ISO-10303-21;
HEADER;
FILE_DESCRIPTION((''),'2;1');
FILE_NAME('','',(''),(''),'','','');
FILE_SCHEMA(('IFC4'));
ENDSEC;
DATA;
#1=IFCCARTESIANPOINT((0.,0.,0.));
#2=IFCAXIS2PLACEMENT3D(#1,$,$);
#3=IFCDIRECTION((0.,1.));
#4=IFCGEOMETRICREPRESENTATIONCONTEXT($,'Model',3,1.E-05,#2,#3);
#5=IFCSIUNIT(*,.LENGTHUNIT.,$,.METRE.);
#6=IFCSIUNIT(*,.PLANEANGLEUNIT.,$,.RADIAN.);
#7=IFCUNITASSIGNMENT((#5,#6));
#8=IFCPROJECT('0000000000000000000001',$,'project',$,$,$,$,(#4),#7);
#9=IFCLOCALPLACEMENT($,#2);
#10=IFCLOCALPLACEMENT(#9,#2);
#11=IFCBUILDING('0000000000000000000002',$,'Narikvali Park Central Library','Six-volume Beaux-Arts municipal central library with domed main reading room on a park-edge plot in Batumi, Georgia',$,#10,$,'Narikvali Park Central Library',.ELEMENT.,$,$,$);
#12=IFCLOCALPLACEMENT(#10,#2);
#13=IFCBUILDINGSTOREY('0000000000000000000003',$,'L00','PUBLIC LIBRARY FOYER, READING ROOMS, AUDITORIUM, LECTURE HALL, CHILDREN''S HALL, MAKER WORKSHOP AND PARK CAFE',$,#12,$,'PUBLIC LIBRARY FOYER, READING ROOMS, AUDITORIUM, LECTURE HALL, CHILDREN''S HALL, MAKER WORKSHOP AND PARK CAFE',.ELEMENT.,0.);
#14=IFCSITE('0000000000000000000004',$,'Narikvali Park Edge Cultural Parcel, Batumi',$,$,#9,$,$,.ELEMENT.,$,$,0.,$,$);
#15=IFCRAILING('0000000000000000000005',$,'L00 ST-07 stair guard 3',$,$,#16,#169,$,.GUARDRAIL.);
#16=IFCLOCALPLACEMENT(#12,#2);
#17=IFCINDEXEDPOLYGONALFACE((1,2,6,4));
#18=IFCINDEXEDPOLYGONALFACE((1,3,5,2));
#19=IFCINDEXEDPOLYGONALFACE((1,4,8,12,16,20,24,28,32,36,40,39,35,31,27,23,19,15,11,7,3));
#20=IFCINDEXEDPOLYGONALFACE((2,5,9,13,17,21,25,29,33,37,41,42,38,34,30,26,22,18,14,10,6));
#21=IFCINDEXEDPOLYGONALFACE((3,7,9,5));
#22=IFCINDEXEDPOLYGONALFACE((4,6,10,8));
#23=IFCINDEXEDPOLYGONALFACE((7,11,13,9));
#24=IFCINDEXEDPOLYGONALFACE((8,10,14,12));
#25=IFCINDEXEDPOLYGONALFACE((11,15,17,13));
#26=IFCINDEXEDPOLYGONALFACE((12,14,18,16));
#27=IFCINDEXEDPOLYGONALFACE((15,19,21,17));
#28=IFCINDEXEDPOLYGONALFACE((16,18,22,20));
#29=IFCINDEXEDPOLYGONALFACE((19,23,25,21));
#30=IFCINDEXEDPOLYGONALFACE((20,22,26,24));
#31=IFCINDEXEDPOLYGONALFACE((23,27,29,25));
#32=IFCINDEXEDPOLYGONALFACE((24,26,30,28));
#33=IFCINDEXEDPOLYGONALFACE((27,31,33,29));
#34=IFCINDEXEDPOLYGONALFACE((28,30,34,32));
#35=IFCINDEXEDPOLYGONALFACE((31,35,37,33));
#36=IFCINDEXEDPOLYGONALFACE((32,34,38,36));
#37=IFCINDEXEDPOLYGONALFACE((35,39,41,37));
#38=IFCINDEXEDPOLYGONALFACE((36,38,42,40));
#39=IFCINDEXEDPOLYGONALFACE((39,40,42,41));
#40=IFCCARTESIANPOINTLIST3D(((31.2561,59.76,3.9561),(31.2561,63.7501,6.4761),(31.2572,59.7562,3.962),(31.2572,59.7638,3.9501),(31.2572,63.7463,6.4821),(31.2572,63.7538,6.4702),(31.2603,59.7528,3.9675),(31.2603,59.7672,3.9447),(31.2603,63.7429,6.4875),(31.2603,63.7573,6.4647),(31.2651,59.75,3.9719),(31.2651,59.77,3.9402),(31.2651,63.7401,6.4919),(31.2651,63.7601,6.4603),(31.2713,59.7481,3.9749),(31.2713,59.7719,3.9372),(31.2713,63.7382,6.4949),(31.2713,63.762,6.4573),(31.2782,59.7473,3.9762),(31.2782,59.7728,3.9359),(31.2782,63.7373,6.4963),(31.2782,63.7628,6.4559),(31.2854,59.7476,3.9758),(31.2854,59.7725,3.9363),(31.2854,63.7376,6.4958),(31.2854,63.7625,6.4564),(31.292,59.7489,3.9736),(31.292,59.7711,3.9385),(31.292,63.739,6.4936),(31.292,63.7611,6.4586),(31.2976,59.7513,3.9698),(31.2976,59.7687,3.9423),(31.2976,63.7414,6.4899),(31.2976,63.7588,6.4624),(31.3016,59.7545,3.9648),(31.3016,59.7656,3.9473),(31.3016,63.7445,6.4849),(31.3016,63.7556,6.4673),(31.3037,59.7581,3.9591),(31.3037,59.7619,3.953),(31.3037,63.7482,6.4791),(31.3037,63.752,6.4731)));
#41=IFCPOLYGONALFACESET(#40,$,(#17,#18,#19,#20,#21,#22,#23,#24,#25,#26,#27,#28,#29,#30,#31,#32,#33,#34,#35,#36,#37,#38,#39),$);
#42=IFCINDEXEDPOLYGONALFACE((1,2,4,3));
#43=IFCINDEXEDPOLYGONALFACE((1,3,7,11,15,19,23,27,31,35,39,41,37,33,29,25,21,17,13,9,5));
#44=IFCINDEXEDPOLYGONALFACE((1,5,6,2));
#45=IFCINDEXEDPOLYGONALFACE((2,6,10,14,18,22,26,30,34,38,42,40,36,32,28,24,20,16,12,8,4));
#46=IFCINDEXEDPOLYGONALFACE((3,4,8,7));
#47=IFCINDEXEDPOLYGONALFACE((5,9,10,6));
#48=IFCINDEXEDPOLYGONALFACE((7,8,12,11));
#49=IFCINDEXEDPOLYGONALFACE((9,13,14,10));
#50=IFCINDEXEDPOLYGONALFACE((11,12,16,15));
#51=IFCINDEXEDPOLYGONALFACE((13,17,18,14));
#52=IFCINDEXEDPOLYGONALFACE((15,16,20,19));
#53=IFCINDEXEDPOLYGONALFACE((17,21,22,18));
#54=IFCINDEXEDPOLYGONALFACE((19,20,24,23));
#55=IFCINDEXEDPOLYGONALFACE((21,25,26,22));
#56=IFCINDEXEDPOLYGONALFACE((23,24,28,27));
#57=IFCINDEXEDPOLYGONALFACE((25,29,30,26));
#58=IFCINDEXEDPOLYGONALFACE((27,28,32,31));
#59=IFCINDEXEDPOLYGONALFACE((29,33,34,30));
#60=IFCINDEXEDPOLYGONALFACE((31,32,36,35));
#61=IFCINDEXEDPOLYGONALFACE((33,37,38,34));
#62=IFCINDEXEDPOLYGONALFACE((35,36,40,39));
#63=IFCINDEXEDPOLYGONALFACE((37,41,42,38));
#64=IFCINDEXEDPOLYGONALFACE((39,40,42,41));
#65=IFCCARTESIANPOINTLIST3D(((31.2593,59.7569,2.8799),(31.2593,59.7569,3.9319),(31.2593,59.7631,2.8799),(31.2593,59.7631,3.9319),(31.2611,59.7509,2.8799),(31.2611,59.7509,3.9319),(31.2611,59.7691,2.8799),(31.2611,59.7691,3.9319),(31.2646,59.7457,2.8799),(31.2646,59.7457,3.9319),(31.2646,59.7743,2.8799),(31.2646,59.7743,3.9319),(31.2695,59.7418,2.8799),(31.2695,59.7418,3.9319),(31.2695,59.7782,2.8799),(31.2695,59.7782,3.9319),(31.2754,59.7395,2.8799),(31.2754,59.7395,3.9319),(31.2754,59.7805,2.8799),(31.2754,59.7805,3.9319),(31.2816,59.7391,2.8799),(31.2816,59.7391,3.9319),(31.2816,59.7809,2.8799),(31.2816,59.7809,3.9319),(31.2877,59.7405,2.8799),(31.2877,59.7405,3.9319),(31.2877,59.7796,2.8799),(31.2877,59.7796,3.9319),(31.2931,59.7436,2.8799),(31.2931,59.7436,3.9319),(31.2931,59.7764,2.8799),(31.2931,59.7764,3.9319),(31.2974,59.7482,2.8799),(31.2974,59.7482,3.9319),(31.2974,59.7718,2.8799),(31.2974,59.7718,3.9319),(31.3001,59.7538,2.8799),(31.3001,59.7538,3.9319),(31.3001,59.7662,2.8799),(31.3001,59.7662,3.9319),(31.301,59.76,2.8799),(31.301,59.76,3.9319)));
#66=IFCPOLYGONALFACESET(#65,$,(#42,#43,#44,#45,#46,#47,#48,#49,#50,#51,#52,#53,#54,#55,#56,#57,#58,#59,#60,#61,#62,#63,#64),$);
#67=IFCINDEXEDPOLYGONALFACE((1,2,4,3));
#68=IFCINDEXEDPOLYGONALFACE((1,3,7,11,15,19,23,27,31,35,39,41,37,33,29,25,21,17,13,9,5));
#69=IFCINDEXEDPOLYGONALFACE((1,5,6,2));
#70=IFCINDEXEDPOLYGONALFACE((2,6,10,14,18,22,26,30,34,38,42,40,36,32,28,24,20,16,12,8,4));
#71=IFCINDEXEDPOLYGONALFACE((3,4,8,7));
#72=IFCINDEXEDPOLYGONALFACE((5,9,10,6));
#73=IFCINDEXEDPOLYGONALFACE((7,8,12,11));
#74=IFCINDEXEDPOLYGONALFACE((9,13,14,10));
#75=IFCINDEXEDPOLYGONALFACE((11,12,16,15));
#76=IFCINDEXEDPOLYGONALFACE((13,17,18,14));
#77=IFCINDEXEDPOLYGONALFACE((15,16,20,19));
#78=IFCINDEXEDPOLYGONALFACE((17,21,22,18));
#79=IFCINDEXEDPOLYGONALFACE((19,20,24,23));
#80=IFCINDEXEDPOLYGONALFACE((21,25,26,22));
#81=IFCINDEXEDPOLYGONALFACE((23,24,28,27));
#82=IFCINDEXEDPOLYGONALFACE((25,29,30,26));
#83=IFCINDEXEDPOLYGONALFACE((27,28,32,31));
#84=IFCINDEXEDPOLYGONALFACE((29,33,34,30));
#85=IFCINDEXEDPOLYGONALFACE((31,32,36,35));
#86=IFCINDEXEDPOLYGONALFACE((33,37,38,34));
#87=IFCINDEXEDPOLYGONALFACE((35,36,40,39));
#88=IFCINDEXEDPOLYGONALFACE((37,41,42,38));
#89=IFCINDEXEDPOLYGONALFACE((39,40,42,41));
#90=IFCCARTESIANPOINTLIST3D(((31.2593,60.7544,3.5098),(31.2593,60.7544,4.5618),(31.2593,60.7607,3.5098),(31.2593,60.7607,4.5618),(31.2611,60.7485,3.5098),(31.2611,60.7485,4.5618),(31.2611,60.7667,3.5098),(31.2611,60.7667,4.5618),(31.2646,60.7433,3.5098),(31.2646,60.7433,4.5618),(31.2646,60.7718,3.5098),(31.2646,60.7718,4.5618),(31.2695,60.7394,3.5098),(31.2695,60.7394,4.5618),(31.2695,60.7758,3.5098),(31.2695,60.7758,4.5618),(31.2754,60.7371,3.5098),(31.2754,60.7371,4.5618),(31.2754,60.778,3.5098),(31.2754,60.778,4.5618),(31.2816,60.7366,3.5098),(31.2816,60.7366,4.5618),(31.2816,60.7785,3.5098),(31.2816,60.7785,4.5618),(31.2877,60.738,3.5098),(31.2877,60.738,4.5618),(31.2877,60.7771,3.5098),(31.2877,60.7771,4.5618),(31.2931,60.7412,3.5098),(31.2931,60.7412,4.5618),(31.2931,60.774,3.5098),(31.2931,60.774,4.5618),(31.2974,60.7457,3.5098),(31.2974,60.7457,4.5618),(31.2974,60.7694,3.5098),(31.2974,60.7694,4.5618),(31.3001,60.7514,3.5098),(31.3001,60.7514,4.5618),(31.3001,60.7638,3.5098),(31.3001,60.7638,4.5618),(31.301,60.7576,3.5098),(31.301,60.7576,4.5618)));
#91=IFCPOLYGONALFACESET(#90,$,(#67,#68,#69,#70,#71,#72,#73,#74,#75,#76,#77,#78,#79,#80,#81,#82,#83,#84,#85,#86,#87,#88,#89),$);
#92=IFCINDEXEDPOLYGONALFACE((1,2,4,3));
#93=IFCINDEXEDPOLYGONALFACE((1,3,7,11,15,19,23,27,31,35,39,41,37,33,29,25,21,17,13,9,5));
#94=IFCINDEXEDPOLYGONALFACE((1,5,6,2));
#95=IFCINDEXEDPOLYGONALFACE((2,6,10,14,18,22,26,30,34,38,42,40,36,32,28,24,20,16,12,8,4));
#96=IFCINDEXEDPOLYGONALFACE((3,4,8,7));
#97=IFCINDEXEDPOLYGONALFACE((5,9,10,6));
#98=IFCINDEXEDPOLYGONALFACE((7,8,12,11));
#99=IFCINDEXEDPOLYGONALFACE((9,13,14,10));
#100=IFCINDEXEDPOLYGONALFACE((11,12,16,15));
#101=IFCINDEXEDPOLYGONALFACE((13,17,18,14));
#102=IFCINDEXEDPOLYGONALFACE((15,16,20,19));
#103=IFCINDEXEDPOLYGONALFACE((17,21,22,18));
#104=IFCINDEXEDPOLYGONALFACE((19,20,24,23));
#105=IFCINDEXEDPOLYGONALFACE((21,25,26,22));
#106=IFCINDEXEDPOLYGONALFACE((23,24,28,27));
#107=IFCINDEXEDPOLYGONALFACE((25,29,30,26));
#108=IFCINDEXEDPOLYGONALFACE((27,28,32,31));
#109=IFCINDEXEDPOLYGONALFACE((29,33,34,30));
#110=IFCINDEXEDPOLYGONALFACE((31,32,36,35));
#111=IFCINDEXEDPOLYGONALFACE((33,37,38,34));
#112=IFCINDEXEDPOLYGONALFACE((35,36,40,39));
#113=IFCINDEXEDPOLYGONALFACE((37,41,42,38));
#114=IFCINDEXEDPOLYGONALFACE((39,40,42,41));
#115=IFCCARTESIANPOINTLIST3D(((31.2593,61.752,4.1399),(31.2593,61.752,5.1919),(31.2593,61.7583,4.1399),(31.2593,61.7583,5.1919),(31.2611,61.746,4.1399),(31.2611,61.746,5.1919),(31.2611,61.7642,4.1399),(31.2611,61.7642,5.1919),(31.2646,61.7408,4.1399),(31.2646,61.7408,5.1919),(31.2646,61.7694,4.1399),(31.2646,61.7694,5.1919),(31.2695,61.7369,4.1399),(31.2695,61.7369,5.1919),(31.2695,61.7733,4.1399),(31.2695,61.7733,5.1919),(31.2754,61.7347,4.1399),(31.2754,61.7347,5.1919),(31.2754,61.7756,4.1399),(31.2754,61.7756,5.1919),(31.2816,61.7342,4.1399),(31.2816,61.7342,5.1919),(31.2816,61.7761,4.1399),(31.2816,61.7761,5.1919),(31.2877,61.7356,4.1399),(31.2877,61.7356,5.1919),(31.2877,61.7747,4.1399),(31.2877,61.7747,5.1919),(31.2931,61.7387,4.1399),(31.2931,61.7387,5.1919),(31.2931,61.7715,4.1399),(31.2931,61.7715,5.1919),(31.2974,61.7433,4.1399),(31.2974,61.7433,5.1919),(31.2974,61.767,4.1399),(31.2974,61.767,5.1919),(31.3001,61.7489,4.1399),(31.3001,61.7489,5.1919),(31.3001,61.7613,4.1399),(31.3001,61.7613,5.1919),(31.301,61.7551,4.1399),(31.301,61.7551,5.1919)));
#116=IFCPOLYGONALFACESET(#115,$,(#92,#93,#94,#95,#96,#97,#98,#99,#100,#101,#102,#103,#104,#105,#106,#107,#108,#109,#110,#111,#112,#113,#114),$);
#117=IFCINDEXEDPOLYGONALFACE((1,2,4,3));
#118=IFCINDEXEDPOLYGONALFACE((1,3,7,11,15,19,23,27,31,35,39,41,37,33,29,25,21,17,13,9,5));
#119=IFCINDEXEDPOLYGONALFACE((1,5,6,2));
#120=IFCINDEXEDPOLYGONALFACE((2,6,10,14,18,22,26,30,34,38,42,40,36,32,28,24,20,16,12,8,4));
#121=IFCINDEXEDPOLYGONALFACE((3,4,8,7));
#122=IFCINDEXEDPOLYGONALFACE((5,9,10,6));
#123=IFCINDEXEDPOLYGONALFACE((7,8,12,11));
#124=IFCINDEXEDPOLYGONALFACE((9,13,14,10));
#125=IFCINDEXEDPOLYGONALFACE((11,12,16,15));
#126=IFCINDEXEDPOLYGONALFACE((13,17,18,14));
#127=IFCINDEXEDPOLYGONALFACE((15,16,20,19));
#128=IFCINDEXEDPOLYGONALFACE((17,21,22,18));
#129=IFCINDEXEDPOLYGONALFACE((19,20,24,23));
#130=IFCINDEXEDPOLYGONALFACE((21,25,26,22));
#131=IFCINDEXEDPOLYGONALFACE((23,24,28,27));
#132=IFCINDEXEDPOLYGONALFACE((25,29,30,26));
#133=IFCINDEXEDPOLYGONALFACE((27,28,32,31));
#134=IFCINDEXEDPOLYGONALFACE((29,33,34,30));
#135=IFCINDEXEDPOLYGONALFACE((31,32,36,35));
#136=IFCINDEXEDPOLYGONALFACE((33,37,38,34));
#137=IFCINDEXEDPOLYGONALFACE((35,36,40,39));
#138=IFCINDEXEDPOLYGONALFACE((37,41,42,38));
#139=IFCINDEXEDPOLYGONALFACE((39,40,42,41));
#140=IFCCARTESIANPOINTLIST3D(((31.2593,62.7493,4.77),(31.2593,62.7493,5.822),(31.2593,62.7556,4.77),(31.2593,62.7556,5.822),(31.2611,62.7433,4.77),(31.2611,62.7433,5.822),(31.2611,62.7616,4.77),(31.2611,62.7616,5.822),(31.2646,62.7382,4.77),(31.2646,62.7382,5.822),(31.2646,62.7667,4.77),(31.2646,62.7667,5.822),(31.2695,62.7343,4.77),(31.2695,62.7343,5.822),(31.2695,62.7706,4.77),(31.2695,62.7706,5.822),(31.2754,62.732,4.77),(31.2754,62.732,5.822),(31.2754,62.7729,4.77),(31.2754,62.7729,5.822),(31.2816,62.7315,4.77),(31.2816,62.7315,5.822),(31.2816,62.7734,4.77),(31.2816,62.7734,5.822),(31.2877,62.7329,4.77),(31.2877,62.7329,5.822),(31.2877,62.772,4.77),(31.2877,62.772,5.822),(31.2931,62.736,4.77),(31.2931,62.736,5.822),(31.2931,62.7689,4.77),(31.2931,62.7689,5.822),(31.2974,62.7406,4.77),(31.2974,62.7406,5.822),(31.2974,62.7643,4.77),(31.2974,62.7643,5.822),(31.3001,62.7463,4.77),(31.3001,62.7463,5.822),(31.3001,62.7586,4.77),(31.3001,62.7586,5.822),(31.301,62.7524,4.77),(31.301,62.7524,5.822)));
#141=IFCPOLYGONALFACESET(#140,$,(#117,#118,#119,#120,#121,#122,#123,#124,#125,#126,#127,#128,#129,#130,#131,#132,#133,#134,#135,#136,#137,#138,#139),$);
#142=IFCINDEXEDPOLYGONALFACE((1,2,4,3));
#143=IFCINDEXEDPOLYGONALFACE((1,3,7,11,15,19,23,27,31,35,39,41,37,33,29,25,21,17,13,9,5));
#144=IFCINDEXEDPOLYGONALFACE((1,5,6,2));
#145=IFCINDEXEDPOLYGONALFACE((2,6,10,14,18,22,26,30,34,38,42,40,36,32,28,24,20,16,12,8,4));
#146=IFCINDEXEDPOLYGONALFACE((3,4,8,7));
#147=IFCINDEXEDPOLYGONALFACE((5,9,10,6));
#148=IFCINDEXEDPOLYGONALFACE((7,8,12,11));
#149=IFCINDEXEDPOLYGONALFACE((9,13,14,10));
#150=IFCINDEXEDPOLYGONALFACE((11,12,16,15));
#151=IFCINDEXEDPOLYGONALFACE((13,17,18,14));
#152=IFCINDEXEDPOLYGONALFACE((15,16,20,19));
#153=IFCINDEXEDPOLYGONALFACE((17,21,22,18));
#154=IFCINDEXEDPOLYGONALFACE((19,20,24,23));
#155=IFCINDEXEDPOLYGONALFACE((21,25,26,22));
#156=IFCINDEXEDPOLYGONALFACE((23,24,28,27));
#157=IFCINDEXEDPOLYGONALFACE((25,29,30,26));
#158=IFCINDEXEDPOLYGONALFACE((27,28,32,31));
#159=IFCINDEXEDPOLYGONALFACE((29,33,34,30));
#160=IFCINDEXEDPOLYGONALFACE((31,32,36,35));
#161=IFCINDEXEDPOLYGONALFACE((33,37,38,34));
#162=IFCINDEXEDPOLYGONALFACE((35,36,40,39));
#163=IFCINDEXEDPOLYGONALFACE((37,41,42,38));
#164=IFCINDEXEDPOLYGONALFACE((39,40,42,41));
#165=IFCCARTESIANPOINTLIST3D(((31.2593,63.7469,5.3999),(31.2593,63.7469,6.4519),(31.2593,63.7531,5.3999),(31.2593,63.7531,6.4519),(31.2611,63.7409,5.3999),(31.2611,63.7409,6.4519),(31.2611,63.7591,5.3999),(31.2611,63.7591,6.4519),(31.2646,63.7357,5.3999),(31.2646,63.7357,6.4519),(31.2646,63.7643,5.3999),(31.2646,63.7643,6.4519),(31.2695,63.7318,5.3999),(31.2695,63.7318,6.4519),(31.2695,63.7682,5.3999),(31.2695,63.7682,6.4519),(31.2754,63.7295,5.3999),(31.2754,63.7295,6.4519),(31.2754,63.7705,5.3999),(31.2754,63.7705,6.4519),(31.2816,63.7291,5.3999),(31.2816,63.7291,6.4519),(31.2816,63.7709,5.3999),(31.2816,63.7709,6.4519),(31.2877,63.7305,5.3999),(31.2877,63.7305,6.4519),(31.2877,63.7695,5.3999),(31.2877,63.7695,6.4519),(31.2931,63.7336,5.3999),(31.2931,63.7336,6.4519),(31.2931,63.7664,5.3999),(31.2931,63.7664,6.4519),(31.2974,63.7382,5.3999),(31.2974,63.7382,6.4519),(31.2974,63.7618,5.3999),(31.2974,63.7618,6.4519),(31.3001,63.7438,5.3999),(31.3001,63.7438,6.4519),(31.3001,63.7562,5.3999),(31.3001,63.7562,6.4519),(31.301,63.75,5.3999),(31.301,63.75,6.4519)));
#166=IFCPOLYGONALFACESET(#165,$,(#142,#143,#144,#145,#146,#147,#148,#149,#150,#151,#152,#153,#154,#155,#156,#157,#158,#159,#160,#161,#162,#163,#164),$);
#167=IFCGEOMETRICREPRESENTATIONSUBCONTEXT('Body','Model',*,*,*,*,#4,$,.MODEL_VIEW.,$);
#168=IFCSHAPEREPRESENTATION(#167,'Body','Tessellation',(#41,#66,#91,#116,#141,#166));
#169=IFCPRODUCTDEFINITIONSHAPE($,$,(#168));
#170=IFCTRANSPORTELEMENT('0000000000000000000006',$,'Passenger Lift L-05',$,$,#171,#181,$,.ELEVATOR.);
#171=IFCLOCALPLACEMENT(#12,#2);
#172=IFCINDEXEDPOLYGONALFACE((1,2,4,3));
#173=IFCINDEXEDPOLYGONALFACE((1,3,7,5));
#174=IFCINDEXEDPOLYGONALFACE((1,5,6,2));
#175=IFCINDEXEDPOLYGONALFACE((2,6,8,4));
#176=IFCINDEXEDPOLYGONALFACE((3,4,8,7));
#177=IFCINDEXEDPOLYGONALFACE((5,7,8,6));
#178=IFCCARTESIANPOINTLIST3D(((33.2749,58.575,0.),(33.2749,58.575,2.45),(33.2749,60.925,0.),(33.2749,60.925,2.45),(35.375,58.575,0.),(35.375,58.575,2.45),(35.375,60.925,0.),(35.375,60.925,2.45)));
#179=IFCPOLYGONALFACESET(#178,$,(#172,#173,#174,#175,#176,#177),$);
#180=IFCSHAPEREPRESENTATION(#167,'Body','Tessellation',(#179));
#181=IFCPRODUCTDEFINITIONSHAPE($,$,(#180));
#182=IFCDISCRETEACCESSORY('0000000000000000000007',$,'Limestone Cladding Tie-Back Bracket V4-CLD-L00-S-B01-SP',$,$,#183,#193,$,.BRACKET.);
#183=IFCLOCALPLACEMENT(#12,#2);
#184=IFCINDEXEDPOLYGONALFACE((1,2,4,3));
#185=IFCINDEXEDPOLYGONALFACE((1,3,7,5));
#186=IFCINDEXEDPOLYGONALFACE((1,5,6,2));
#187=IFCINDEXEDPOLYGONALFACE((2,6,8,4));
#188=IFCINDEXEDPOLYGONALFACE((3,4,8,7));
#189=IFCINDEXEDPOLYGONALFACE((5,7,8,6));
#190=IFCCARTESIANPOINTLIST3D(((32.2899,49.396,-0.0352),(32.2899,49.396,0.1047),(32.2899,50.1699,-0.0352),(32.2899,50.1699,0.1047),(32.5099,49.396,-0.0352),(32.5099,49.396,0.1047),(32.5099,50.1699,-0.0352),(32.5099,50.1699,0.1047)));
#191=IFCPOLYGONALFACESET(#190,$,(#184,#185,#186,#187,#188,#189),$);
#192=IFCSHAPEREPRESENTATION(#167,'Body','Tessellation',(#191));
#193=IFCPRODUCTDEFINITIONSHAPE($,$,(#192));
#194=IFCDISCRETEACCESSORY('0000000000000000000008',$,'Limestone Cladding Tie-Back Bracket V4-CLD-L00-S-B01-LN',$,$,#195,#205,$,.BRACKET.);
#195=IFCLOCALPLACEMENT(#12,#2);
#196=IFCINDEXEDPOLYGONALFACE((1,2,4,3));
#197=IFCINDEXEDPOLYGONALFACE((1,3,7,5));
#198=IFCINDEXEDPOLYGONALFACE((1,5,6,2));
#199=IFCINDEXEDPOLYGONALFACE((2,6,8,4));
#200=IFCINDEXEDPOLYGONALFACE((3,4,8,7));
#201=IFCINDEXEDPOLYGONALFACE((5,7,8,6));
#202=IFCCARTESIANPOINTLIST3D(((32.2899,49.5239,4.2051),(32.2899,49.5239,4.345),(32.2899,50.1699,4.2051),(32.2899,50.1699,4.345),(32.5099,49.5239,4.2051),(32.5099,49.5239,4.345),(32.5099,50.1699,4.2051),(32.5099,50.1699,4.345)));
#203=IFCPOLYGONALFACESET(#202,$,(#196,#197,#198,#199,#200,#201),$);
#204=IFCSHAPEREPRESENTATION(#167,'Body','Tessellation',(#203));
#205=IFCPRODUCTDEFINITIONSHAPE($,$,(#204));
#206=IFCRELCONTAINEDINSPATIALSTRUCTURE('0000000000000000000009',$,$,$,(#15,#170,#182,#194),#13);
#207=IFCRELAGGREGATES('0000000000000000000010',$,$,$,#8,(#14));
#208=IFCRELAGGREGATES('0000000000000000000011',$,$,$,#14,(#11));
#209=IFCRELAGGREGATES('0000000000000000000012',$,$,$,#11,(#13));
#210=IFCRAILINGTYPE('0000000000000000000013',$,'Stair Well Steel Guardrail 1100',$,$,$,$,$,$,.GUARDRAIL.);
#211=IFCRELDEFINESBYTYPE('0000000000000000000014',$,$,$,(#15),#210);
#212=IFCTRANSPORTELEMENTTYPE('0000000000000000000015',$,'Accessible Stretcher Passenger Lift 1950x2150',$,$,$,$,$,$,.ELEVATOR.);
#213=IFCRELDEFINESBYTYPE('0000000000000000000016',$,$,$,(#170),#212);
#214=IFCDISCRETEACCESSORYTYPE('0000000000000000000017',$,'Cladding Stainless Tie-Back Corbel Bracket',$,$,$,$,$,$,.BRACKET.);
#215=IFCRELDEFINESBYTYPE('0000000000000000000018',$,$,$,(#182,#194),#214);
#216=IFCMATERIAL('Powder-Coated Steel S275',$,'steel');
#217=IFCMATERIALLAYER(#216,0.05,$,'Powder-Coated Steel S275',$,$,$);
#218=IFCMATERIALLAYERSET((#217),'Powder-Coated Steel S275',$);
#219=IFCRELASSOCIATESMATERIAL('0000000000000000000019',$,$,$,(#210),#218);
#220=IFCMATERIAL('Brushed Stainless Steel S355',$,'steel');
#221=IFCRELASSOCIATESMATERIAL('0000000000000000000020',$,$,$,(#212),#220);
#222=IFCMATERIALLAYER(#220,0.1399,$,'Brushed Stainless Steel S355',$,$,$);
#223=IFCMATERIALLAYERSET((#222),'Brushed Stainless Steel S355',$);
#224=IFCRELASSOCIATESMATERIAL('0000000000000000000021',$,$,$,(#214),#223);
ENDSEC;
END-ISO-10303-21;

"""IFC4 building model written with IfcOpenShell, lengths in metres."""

from ifc_helpers import new_model, si_unit, direction, frame, origin, origin_2d, place, context, subcontext, project, spatial, rectangle, circle, extrude, material, layer, layer_set, type_object, element, save


model = new_model("IFC4")

# Units and contexts
model_context = context("Model", 3, precision=1e-05, world=origin(), true_north=direction((0.0, 1.0)))
body_context = subcontext(model_context, "Body", "Model", "MODEL_VIEW")
ifc_project = project(units=[si_unit("LENGTHUNIT", "METRE"), si_unit("PLANEANGLEUNIT", "RADIAN")], contexts=[model_context])

# Site, building, storey
site_placement = place(None, origin())
site = spatial("IfcSite", under=ifc_project, at=site_placement, Name="Narikvali Park Edge Cultural Parcel, Batumi", CompositionType="ELEMENT", RefElevation=0.0)
building_placement = place(site_placement, origin())
building = spatial("IfcBuilding", under=site, at=building_placement, Name="Narikvali Park Central Library", Description="Six-volume Beaux-Arts municipal central library with domed main reading room on a park-edge plot in Batumi, Georgia", LongName="Narikvali Park Central Library", CompositionType="ELEMENT")
storey_placement = place(building_placement, origin())
storey = spatial("IfcBuildingStorey", under=building, at=storey_placement, Name="L00", Description="PUBLIC LIBRARY FOYER, READING ROOMS, AUDITORIUM, LECTURE HALL, CHILDREN'S HALL, MAKER WORKSHOP AND PARK CAFE", LongName="PUBLIC LIBRARY FOYER, READING ROOMS, AUDITORIUM, LECTURE HALL, CHILDREN'S HALL, MAKER WORKSHOP AND PARK CAFE", CompositionType="ELEMENT", Elevation=0.0)

# Railing
ifc_material_1 = material(Name="Powder-Coated Steel S275", Category="steel")
ifc_layer_1 = layer(ifc_material_1, 0.05, Name="Powder-Coated Steel S275")
ifc_layer_set_1 = layer_set([ifc_layer_1], Name="Powder-Coated Steel S275")
railing_type = type_object("IfcRailingType", Name="Stair Well Steel Guardrail 1100", PredefinedType="GUARDRAIL", material=ifc_layer_set_1)
railing_1_placement = place(storey_placement, frame((31.28, 59.76, 2.8799)))
element("IfcRailing", 1, at=railing_1_placement, inside=storey, type_object=railing_type, Name="L00 ST-07 stair guard 3", PredefinedType="GUARDRAIL", context=body_context, shape_type="SweptSolid", body=[
    extrude(circle(Radius=0.0239, at=origin_2d()), frame((0.0, 0.0, 1.0762), z_axis=(0.0, 0.845486, 0.533997), x_axis=(-1.0, 0.0, 0.0)), (0.0, 0.0, 1.0), 4.7192),
    extrude(circle(Radius=0.021, at=origin_2d()), origin(), (0.0, 0.0, 1.0), 1.052),
    extrude(circle(Radius=0.021, at=origin_2d()), frame((0.0, 0.9976, 0.6299)), (0.0, 0.0, 1.0), 1.052),
    extrude(circle(Radius=0.021, at=origin_2d()), frame((0.0, 1.9951, 1.26)), (0.0, 0.0, 1.0), 1.052),
    extrude(circle(Radius=0.021, at=origin_2d()), frame((0.0, 2.9924, 1.8901)), (0.0, 0.0, 1.0), 1.052),
    extrude(circle(Radius=0.021, at=origin_2d()), frame((0.0, 3.99, 2.52)), (0.0, 0.0, 1.0), 1.052),
])

# Transport element
ifc_material_2 = material(Name="Brushed Stainless Steel S355", Category="steel")
transport_element_type = type_object("IfcTransportElementType", Name="Accessible Stretcher Passenger Lift 1950x2150", PredefinedType="ELEVATOR", material=ifc_material_2)
transport_element_placement = place(storey_placement, frame((34.325, 59.75, 0.0), z_axis=(0.0, 0.0, 1.0), x_axis=(1.0, 0.0, 0.0)))
element("IfcTransportElement", 2, at=transport_element_placement, inside=storey, type_object=transport_element_type, Name="Passenger Lift L-05", PredefinedType="ELEVATOR", context=body_context, shape_type="SweptSolid", body=[
    extrude(rectangle(XDim=2.1001, YDim=2.3501, at=origin_2d()), origin(), (0.0, 0.0, 1.0), 2.45),
])

# Discrete accessories
ifc_layer_2 = layer(ifc_material_2, 0.1399, Name="Brushed Stainless Steel S355")
ifc_layer_set_2 = layer_set([ifc_layer_2], Name="Brushed Stainless Steel S355")
discrete_accessory_type = type_object("IfcDiscreteAccessoryType", Name="Cladding Stainless Tie-Back Corbel Bracket", PredefinedType="BRACKET", material=ifc_layer_set_2)
discrete_accessory_1_placement = place(storey_placement, frame((32.3999, 49.783, -0.0352), z_axis=(0.0, 0.0, 1.0), x_axis=(1.0, 0.0, 0.0)))
element("IfcDiscreteAccessory", 3, at=discrete_accessory_1_placement, inside=storey, type_object=discrete_accessory_type, Name="Limestone Cladding Tie-Back Bracket V4-CLD-L00-S-B01-SP", PredefinedType="BRACKET", context=body_context, shape_type="SweptSolid", body=[
    extrude(rectangle(XDim=0.22, YDim=0.7739, at=origin_2d()), origin(), (0.0, 0.0, 1.0), 0.1399),
])
discrete_accessory_2_placement = place(storey_placement, frame((32.3999, 49.8469, 4.2051), z_axis=(0.0, 0.0, 1.0), x_axis=(1.0, 0.0, 0.0)))
element("IfcDiscreteAccessory", 4, at=discrete_accessory_2_placement, inside=storey, type_object=discrete_accessory_type, Name="Limestone Cladding Tie-Back Bracket V4-CLD-L00-S-B01-LN", PredefinedType="BRACKET", context=body_context, shape_type="SweptSolid", body=[
    extrude(rectangle(XDim=0.22, YDim=0.646, at=origin_2d()), origin(), (0.0, 0.0, 1.0), 0.1399),
])

save(model, "model.ifc")
